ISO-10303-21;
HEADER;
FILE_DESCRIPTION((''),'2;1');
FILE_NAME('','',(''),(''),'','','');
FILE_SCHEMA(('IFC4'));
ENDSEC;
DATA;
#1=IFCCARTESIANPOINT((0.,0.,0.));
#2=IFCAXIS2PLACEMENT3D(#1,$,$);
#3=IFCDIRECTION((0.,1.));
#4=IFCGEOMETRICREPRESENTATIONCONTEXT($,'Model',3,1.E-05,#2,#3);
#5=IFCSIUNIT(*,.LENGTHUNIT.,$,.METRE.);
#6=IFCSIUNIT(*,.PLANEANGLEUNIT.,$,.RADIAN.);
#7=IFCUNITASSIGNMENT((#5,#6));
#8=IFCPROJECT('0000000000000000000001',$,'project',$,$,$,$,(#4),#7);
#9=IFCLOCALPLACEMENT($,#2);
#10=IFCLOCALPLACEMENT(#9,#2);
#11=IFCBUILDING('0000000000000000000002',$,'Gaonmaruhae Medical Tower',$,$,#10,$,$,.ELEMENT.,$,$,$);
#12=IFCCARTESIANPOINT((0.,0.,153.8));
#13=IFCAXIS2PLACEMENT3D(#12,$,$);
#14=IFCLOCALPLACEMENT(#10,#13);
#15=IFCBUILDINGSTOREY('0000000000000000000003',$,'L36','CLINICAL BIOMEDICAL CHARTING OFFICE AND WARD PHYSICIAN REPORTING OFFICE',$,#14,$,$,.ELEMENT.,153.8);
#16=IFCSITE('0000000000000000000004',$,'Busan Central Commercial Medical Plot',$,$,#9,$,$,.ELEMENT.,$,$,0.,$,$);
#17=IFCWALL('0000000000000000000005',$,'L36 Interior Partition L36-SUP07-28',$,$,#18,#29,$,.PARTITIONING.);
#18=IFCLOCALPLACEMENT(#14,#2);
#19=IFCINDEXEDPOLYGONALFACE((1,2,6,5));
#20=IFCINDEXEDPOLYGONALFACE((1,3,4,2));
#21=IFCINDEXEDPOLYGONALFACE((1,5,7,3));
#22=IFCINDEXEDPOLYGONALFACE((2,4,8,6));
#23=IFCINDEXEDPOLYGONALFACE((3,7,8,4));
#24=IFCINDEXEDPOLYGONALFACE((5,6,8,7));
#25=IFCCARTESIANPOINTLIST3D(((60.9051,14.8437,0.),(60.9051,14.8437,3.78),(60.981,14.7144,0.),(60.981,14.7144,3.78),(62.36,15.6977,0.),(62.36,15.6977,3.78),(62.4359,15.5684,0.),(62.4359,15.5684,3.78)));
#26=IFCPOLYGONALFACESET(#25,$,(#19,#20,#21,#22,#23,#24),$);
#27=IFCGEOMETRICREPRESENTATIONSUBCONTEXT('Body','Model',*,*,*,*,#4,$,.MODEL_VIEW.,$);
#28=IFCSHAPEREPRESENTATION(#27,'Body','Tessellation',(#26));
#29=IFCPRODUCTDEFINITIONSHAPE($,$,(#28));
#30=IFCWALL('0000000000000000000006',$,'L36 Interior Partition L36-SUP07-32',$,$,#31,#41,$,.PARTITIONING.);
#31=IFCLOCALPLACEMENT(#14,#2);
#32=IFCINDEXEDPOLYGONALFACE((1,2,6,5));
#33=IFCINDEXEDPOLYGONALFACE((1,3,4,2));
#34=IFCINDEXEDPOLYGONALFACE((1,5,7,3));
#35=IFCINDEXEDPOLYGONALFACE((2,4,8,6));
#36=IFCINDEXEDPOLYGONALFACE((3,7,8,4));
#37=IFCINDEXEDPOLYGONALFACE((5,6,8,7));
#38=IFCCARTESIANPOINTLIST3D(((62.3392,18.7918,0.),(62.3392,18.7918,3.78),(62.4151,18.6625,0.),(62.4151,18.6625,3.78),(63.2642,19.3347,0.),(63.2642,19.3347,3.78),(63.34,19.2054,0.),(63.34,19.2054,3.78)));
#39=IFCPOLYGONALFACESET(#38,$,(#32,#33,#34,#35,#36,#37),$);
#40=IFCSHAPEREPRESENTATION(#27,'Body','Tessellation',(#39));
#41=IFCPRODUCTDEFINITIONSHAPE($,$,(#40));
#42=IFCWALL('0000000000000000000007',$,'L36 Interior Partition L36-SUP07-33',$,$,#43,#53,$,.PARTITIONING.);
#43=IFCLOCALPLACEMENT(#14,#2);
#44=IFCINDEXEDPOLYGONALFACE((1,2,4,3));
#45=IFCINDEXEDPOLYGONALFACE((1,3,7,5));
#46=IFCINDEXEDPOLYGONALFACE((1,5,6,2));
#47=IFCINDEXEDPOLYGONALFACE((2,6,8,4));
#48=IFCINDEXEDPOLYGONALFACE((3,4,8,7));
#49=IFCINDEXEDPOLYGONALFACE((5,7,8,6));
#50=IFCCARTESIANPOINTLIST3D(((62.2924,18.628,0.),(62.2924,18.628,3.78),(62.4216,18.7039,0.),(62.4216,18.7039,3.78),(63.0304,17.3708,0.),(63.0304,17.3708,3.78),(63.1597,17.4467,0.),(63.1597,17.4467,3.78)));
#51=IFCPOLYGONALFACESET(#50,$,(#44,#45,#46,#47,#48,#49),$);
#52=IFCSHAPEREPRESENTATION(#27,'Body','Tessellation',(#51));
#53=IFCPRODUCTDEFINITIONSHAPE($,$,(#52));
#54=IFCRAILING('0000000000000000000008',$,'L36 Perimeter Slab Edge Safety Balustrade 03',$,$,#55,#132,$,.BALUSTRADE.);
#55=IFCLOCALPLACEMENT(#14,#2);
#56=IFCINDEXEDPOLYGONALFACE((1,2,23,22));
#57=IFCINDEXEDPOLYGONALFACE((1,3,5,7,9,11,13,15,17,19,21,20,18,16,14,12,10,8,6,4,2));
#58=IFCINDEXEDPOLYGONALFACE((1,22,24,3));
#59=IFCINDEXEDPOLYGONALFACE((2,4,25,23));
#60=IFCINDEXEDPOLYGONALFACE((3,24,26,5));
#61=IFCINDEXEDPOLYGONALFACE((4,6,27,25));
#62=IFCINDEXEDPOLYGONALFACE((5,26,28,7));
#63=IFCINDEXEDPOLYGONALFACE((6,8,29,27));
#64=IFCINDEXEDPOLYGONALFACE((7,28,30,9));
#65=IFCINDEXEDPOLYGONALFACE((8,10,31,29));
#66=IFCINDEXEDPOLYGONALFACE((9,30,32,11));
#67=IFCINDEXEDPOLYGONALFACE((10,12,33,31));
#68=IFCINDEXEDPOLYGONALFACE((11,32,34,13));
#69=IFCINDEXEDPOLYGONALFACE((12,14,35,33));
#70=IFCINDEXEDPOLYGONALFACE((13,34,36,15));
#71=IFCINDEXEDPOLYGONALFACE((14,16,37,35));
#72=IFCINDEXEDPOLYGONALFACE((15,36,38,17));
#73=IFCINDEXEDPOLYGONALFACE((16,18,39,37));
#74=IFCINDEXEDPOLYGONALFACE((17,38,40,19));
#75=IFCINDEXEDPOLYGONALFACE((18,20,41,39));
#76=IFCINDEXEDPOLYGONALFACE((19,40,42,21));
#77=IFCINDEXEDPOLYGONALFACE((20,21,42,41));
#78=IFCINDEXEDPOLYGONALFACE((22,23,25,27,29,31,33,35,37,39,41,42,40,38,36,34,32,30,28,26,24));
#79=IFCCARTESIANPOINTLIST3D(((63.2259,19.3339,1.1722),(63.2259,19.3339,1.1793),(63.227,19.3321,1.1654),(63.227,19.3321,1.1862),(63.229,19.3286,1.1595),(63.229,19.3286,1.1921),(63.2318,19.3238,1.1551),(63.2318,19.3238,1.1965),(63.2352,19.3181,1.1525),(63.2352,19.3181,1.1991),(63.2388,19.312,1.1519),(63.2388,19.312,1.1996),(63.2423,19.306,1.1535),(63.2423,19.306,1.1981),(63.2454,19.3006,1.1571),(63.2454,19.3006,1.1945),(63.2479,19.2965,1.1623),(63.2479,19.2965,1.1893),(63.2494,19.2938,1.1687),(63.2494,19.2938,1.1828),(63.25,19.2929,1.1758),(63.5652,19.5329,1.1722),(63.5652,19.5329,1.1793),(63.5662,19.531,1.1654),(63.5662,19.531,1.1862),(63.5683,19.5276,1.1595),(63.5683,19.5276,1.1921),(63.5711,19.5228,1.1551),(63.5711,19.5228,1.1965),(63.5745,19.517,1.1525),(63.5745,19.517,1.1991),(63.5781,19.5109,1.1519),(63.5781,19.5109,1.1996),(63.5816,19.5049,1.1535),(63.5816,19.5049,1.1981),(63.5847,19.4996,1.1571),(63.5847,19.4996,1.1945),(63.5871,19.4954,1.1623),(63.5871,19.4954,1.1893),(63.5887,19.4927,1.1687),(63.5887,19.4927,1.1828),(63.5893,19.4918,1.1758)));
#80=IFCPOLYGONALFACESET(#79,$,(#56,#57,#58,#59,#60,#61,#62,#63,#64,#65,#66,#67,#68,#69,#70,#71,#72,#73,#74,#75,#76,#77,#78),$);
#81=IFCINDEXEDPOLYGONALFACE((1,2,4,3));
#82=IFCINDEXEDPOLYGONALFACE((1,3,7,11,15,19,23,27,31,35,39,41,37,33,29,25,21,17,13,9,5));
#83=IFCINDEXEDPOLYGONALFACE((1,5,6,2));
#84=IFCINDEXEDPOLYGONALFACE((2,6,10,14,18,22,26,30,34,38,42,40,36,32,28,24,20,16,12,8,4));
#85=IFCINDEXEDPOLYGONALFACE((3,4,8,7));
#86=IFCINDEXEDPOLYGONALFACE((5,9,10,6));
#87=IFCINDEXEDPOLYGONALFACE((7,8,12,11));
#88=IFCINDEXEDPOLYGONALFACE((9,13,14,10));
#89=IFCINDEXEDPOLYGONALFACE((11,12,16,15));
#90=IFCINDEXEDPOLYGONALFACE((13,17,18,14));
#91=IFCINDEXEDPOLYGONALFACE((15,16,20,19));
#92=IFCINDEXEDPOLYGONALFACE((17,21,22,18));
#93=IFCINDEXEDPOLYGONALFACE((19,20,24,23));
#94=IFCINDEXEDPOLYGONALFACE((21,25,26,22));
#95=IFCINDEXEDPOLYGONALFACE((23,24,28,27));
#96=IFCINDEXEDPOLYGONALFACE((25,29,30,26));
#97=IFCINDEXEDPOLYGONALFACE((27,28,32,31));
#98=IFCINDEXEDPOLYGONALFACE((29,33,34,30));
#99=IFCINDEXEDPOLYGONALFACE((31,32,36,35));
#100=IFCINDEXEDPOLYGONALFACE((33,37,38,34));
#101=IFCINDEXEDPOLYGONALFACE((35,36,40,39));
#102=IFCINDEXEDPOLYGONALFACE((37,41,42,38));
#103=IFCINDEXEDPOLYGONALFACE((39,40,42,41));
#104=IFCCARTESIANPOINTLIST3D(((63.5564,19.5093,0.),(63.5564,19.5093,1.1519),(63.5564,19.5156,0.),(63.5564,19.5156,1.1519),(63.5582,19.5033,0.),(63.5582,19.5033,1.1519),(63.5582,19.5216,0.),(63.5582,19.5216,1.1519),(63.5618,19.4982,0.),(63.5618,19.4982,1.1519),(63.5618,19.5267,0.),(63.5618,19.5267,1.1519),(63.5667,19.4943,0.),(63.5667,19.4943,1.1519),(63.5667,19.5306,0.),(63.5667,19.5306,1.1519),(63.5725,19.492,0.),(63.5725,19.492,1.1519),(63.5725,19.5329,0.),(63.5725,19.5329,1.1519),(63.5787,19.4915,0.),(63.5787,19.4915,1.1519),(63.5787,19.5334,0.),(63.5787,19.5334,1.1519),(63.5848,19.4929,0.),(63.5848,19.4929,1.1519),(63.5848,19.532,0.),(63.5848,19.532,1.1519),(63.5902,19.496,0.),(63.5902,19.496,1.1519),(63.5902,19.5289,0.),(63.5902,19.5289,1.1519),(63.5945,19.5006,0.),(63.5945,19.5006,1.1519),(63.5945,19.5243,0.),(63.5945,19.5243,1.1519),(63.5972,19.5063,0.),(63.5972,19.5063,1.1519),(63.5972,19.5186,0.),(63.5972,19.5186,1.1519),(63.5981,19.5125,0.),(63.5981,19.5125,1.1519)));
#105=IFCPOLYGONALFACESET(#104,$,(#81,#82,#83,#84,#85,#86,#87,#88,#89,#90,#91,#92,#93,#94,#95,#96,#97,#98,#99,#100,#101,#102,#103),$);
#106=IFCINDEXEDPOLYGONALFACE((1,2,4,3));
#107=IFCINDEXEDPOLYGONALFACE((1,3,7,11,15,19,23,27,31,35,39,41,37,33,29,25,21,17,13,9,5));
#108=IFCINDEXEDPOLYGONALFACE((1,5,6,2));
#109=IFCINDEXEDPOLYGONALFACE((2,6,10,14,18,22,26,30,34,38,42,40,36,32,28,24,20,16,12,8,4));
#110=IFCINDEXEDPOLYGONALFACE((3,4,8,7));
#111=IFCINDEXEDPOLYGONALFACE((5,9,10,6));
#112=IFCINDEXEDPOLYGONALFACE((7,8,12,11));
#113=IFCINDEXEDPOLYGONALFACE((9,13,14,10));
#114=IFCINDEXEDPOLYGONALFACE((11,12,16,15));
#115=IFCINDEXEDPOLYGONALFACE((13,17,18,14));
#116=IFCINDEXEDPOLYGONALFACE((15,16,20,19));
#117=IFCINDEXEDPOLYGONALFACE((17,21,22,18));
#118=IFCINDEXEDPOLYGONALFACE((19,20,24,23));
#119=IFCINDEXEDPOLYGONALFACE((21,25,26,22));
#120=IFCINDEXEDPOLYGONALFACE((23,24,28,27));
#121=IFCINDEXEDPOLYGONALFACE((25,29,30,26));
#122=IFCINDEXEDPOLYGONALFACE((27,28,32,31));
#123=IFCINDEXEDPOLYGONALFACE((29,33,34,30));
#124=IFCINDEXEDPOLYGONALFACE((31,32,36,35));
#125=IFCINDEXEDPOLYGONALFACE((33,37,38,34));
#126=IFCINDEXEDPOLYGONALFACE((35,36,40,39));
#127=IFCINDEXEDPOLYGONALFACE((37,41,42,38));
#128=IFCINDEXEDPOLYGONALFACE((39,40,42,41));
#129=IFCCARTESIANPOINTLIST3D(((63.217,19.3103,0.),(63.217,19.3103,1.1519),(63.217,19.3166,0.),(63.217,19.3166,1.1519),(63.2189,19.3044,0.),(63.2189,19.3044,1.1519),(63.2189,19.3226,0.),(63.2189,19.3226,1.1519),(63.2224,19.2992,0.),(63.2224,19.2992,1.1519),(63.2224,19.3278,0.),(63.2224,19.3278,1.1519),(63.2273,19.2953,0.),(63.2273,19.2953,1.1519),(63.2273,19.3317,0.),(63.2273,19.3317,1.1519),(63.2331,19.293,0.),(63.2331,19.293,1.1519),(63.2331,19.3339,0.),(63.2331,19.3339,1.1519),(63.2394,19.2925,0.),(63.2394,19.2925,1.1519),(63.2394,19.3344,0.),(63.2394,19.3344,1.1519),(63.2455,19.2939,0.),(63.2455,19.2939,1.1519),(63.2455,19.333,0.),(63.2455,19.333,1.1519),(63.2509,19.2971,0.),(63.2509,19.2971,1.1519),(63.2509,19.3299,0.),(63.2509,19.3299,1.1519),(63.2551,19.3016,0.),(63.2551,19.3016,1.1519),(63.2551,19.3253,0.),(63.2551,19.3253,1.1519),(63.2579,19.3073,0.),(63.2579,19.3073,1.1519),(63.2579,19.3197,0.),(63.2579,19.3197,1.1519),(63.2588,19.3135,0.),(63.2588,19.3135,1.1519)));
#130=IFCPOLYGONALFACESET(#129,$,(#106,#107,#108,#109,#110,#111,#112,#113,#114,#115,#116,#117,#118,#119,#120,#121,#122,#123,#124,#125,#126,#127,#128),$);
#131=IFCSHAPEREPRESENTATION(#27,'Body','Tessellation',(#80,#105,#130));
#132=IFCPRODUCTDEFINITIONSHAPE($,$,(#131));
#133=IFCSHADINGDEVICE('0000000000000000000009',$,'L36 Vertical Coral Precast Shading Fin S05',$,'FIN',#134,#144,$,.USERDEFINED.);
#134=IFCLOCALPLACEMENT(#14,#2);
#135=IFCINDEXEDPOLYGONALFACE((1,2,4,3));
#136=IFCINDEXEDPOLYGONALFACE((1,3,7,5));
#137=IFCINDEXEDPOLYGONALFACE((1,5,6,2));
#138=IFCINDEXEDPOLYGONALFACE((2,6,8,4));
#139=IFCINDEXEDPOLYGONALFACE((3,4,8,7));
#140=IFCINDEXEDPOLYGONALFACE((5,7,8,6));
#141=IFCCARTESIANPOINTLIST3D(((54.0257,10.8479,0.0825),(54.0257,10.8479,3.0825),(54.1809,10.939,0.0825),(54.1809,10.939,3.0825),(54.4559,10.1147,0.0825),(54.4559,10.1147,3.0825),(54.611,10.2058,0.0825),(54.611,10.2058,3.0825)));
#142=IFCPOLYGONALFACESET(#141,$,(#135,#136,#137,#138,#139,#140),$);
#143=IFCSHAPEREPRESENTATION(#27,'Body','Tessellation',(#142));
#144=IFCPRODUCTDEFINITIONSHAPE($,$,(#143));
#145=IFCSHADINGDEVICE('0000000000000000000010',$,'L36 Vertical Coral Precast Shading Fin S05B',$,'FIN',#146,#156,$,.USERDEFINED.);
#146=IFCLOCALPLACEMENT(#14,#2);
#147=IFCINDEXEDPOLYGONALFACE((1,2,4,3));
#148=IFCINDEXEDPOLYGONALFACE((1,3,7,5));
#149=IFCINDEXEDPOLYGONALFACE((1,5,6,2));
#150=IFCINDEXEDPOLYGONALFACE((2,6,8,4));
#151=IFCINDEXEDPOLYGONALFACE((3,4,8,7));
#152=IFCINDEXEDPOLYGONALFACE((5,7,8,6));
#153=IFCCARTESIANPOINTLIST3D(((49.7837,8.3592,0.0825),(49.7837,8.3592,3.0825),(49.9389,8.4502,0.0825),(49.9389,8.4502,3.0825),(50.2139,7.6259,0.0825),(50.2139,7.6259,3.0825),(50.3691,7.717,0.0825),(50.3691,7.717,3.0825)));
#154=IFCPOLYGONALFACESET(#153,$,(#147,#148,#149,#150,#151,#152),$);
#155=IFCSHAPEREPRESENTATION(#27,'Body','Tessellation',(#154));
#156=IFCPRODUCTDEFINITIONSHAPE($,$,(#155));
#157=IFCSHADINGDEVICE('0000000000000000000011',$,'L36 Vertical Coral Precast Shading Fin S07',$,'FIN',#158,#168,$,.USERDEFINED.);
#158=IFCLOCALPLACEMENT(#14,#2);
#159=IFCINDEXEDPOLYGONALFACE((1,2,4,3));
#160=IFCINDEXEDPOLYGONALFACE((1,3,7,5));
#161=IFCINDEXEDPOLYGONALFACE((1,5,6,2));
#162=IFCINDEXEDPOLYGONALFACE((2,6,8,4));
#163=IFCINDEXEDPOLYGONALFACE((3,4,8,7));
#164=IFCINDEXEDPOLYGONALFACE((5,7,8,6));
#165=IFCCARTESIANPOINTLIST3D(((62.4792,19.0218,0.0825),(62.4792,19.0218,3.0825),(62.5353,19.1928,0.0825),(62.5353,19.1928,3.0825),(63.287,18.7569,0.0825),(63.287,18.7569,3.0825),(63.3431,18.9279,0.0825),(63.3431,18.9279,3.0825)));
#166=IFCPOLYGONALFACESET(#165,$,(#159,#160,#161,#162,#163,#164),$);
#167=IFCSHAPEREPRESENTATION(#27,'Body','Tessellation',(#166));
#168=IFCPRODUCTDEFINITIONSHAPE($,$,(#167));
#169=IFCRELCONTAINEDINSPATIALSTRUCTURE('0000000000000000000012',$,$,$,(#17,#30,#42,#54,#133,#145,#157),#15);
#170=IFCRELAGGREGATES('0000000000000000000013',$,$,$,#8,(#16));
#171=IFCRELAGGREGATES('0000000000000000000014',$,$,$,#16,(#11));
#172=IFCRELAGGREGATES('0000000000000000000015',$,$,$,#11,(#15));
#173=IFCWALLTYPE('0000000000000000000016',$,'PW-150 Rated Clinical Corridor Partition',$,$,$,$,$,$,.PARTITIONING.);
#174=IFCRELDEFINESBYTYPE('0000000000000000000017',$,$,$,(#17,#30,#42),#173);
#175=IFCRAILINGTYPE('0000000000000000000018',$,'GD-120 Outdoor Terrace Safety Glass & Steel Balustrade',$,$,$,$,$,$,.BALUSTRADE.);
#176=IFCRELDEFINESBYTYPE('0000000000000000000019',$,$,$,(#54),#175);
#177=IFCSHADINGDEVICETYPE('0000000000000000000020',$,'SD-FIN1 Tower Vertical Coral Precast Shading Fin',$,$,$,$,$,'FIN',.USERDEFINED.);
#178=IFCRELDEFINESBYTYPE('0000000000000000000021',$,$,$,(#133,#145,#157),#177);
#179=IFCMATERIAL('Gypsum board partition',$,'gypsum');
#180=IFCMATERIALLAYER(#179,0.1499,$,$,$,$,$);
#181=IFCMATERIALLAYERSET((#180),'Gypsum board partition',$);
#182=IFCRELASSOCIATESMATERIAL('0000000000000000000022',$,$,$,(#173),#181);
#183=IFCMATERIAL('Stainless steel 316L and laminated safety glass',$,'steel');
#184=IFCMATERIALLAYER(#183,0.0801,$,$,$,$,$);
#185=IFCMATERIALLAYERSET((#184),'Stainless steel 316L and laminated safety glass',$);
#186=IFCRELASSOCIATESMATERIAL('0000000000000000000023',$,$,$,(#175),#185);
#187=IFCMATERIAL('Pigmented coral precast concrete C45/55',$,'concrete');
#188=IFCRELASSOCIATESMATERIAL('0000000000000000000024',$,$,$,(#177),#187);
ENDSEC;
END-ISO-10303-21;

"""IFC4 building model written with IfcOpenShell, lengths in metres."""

from ifc_helpers import new_model, si_unit, direction, frame, frame_2d, origin, origin_2d, place, context, subcontext, project, spatial, rectangle, circle, extrude, material, layer, layer_set, type_object, element, save


model = new_model("IFC4")

# Units and contexts
model_context = context("Model", 3, precision=1e-05, world=origin(), true_north=direction((0.0, 1.0)))
body_context = subcontext(model_context, "Body", "Model", "MODEL_VIEW")
ifc_project = project(units=[si_unit("LENGTHUNIT", "METRE"), si_unit("PLANEANGLEUNIT", "RADIAN")], contexts=[model_context])

# Site, building, storey
site_placement = place(None, origin())
site = spatial("IfcSite", under=ifc_project, at=site_placement, Name="Busan Central Commercial Medical Plot", CompositionType="ELEMENT", RefElevation=0.0)
building_placement = place(site_placement, origin())
building = spatial("IfcBuilding", under=site, at=building_placement, Name="Gaonmaruhae Medical Tower", CompositionType="ELEMENT")
storey_placement = place(building_placement, frame((0.0, 0.0, 153.8)))
storey = spatial("IfcBuildingStorey", under=building, at=storey_placement, Name="L36", Description="CLINICAL BIOMEDICAL CHARTING OFFICE AND WARD PHYSICIAN REPORTING OFFICE", CompositionType="ELEMENT", Elevation=153.8)

# Walls
ifc_material_1 = material(Name="Gypsum board partition", Category="gypsum")
ifc_layer_1 = layer(ifc_material_1, 0.1499)
ifc_layer_set_1 = layer_set([ifc_layer_1], Name="Gypsum board partition")
wall_type_1 = type_object("IfcWallType", Name="PW-150 Rated Clinical Corridor Partition", PredefinedType="PARTITIONING", material=ifc_layer_set_1)
wall_1_placement = place(storey_placement, frame((62.3979, 15.6331, 0.0), z_axis=(0.0, 0.0, 1.0), x_axis=(-0.862395, -0.506236, 0.0)))
element("IfcWall", 1, at=wall_1_placement, inside=storey, type_object=wall_type_1, Name="L36 Interior Partition L36-SUP07-28", PredefinedType="PARTITIONING", context=body_context, shape_type="SweptSolid", body=[
    extrude(rectangle(XDim=1.687, YDim=0.1499, at=frame_2d((0.8435, 0.0))), origin(), (0.0, 0.0, 1.0), 3.78),
])
wall_2_placement = place(storey_placement, frame((63.302, 19.27, 0.0), z_axis=(0.0, 0.0, 1.0), x_axis=(-0.862414, -0.506204, 0.0)))
element("IfcWall", 2, at=wall_2_placement, inside=storey, type_object=wall_type_1, Name="L36 Interior Partition L36-SUP07-32", PredefinedType="PARTITIONING", context=body_context, shape_type="SweptSolid", body=[
    extrude(rectangle(XDim=1.0725, YDim=0.1499, at=frame_2d((0.5361, 0.0))), origin(), (0.0, 0.0, 1.0), 3.78),
])
wall_3_placement = place(storey_placement, frame((62.3569, 18.666, 0.0), z_axis=(0.0, 0.0, 1.0), x_axis=(0.506295, -0.86236, 0.0)))
element("IfcWall", 3, at=wall_3_placement, inside=storey, type_object=wall_type_1, Name="L36 Interior Partition L36-SUP07-33", PredefinedType="PARTITIONING", context=body_context, shape_type="SweptSolid", body=[
    extrude(rectangle(XDim=1.4578, YDim=0.1499, at=frame_2d((0.729, 0.0))), origin(), (0.0, 0.0, 1.0), 3.78),
])

# Railing
ifc_material_2 = material(Name="Stainless steel 316L and laminated safety glass", Category="steel")
ifc_layer_2 = layer(ifc_material_2, 0.0801)
ifc_layer_set_2 = layer_set([ifc_layer_2], Name="Stainless steel 316L and laminated safety glass")
railing_type = type_object("IfcRailingType", Name="GD-120 Outdoor Terrace Safety Glass & Steel Balustrade", PredefinedType="BALUSTRADE", material=ifc_layer_set_2)
railing_placement = place(storey_placement, frame((63.5771, 19.5125, 0.0)))
element("IfcRailing", 4, at=railing_placement, inside=storey, type_object=railing_type, Name="L36 Perimeter Slab Edge Safety Balustrade 03", PredefinedType="BALUSTRADE", context=body_context, shape_type="SweptSolid", body=[
    extrude(circle(Radius=0.0239, at=origin_2d()), frame((0.0, 0.0, 1.1758), z_axis=(-0.862651, -0.505799, 0.0), x_axis=(0.505799, -0.862651, 0.0)), (0.0, 0.0, 1.0), 0.3933),
    extrude(circle(Radius=0.021, at=origin_2d()), origin(), (0.0, 0.0, 1.0), 1.1519),
    extrude(circle(Radius=0.021, at=origin_2d()), frame((-0.3394, -0.199, 0.0)), (0.0, 0.0, 1.0), 1.1519),
])

# Shading devices
ifc_material_3 = material(Name="Pigmented coral precast concrete C45/55", Category="concrete")
shading_device_type = type_object("IfcShadingDeviceType", Name="SD-FIN1 Tower Vertical Coral Precast Shading Fin", ElementType="FIN", PredefinedType="USERDEFINED", material=ifc_material_3)
for number, where, z_axis, x_axis, name in (
    (5, (54.3184, 10.5269, 0.0825), (0.0, 0.0, 1.0), (-0.862514, -0.506034, 0.0), "L36 Vertical Coral Precast Shading Fin S05"),
    (6, (50.0764, 8.0381, 0.0825), (0.0, 0.0, 1.0), (-0.862514, -0.506034, 0.0), "L36 Vertical Coral Precast Shading Fin S05B"),
    (7, (62.9111, 18.9749, 0.0825), (0.0, 0.0, 1.0), (-0.311556, -0.950228, 0.0), "L36 Vertical Coral Precast Shading Fin S07"),
):
    element("IfcShadingDevice", number, at=place(storey_placement, frame(where, z_axis=z_axis, x_axis=x_axis)), inside=storey, type_object=shading_device_type, Name=name, ObjectType="FIN", PredefinedType="USERDEFINED", context=body_context, shape_type="SweptSolid", body=[
        extrude(rectangle(XDim=0.1799, YDim=0.8501, at=origin_2d()), origin(), (0.0, 0.0, 1.0), 3.0),
    ])

save(model, "model.ifc")
